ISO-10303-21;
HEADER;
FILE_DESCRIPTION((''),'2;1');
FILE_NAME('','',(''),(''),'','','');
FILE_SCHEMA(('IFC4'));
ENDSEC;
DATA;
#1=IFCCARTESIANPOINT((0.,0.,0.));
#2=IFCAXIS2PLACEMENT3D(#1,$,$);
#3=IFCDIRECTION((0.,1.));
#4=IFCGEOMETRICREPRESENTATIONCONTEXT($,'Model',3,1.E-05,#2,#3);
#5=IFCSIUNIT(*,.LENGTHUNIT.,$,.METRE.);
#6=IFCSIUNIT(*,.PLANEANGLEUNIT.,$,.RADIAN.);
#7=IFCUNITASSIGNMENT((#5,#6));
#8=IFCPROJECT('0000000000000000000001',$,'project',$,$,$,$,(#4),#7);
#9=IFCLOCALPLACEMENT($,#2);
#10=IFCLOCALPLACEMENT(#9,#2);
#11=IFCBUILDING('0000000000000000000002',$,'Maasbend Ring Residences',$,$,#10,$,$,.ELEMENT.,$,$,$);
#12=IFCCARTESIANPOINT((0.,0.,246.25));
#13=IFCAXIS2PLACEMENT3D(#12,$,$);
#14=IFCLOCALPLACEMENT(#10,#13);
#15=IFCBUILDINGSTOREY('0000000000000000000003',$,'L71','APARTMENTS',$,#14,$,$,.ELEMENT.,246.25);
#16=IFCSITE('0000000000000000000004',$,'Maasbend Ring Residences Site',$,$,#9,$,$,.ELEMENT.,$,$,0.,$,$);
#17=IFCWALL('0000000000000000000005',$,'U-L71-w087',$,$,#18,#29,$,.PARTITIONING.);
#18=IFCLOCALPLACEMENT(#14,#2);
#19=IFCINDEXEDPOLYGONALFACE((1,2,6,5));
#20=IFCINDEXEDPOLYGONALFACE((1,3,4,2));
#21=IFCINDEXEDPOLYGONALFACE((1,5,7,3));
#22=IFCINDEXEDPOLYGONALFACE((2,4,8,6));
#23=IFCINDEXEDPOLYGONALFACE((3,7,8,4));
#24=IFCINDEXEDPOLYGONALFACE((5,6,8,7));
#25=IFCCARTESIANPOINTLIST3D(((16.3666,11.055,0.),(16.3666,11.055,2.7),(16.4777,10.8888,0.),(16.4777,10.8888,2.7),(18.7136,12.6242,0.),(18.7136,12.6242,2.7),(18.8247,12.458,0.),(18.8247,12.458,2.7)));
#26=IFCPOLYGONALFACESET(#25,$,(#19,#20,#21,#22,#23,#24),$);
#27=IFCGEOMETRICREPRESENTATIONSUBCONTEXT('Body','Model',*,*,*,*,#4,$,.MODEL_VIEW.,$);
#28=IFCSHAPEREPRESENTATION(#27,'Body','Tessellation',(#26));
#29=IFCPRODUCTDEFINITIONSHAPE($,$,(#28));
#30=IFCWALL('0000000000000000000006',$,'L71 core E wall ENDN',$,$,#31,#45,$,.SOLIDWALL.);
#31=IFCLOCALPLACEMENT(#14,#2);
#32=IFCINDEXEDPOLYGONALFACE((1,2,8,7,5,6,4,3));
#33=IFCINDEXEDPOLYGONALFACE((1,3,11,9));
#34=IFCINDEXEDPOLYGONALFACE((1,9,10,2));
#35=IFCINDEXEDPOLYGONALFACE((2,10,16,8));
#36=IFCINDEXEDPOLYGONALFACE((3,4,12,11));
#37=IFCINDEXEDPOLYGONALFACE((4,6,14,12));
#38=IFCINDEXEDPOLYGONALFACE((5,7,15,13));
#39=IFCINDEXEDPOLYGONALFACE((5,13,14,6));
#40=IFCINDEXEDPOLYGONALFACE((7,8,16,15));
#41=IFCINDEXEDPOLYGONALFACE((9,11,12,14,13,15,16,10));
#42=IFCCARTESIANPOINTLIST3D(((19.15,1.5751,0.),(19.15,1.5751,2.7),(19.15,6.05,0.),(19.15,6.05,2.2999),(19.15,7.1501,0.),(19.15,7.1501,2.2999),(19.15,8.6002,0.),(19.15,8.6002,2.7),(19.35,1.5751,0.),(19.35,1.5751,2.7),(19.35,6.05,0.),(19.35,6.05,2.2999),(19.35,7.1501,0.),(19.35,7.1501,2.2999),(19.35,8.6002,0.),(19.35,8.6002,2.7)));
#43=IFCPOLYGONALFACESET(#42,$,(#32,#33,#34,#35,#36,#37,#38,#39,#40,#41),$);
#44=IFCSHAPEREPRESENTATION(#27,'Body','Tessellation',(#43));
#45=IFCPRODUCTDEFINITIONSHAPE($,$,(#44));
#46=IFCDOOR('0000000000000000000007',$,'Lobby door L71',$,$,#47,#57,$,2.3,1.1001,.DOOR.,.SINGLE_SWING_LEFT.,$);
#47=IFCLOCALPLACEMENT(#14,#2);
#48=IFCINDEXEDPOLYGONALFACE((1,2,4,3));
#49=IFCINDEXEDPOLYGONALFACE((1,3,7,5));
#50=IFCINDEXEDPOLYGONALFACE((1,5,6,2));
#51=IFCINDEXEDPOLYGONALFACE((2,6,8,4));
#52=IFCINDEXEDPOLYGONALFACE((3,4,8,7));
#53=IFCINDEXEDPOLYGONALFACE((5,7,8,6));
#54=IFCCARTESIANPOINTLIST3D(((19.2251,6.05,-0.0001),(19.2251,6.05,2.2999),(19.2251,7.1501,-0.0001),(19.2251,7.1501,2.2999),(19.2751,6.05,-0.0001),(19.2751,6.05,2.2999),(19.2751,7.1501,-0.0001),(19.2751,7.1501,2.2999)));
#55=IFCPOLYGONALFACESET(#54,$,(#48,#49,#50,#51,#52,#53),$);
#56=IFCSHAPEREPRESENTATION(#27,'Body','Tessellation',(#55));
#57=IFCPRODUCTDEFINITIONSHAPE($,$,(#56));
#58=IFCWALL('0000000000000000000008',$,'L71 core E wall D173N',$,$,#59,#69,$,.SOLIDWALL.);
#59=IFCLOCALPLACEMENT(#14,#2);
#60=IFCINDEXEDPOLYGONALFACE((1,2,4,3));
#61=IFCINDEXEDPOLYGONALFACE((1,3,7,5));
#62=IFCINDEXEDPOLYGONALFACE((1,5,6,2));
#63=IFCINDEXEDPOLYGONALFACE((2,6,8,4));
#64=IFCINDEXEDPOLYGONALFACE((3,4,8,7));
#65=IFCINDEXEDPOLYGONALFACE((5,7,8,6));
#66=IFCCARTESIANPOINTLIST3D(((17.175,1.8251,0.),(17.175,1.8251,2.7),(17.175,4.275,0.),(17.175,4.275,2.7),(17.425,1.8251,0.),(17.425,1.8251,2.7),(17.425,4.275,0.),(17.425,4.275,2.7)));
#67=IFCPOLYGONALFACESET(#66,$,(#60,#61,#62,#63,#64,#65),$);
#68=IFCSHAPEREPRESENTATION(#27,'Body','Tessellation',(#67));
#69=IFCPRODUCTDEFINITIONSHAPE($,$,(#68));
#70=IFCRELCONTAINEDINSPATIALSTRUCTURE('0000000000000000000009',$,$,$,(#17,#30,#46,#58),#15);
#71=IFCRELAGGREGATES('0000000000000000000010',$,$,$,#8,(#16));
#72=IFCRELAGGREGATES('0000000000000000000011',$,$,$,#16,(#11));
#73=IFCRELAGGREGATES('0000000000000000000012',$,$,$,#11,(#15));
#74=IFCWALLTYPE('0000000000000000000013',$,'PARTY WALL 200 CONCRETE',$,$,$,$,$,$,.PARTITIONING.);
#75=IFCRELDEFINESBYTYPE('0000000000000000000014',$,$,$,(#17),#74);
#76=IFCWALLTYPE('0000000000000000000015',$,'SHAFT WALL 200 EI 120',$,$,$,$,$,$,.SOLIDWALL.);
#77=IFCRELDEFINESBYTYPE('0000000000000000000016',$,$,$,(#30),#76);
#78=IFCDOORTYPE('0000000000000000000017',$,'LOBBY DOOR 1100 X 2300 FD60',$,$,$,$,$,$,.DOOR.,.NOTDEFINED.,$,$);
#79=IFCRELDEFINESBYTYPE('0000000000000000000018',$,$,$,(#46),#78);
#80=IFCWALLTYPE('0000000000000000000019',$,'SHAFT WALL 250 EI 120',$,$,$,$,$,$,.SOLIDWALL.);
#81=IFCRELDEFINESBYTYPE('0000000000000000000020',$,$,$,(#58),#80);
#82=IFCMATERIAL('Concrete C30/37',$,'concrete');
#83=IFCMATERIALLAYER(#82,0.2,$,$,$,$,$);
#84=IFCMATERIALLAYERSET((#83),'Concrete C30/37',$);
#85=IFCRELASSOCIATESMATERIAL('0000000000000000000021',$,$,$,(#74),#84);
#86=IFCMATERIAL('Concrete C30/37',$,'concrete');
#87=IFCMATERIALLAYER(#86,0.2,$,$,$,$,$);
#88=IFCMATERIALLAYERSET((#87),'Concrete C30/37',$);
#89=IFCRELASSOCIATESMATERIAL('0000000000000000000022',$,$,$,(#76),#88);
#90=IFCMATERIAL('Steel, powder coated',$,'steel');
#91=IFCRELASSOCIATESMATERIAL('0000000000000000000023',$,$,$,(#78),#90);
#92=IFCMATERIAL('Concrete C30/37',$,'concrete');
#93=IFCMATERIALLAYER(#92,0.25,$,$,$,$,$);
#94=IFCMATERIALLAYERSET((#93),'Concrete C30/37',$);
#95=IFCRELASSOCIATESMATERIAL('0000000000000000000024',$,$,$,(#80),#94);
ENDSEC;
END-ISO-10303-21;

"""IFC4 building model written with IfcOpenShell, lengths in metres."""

from ifc_helpers import new_model, si_unit, direction, frame, frame_2d, origin, place, context, subcontext, project, spatial, rectangle, extrude, material, layer, layer_set, type_object, element, fill, save


model = new_model("IFC4")

# Units and contexts
model_context = context("Model", 3, precision=1e-05, world=origin(), true_north=direction((0.0, 1.0)))
body_context = subcontext(model_context, "Body", "Model", "MODEL_VIEW")
ifc_project = project(units=[si_unit("LENGTHUNIT", "METRE"), si_unit("PLANEANGLEUNIT", "RADIAN")], contexts=[model_context])

# Site, building, storey
site_placement = place(None, origin())
site = spatial("IfcSite", under=ifc_project, at=site_placement, Name="Maasbend Ring Residences Site", CompositionType="ELEMENT", RefElevation=0.0)
building_placement = place(site_placement, origin())
building = spatial("IfcBuilding", under=site, at=building_placement, Name="Maasbend Ring Residences", CompositionType="ELEMENT")
storey_placement = place(building_placement, frame((0.0, 0.0, 246.25)))
storey = spatial("IfcBuildingStorey", under=building, at=storey_placement, Name="L71", Description="APARTMENTS", CompositionType="ELEMENT", Elevation=246.25)

# Wall
ifc_material_1 = material(Name="Concrete C30/37", Category="concrete")
ifc_layer_1 = layer(ifc_material_1, 0.2)
ifc_layer_set_1 = layer_set([ifc_layer_1], Name="Concrete C30/37")
wall_type_1 = type_object("IfcWallType", Name="PARTY WALL 200 CONCRETE", PredefinedType="PARTITIONING", material=ifc_layer_set_1)
wall_1_placement = place(storey_placement, frame((16.4221, 10.9719, 0.0), z_axis=(0.0, 0.0, 1.0), x_axis=(0.831318, 0.555797, 0.0)))
element("IfcWall", 1, at=wall_1_placement, inside=storey, type_object=wall_type_1, Name="U-L71-w087", PredefinedType="PARTITIONING", context=body_context, shape_type="SweptSolid", body=[
    extrude(rectangle(XDim=2.8232, YDim=0.2, at=frame_2d((1.4116, 0.0))), origin(), (0.0, 0.0, 1.0), 2.7),
])

# Wall, opening, door
ifc_material_2 = material(Name="Concrete C30/37", Category="concrete")
ifc_layer_2 = layer(ifc_material_2, 0.2)
ifc_layer_set_2 = layer_set([ifc_layer_2], Name="Concrete C30/37")
wall_type_2 = type_object("IfcWallType", Name="SHAFT WALL 200 EI 120", PredefinedType="SOLIDWALL", material=ifc_layer_set_2)
wall_2_placement = place(storey_placement, frame((19.25, 1.575, 0.0), z_axis=(0.0, 0.0, 1.0), x_axis=(0.0, 1.0, 0.0)))
wall_2 = element("IfcWall", 2, at=wall_2_placement, inside=storey, type_object=wall_type_2, Name="L71 core E wall ENDN", PredefinedType="SOLIDWALL", context=body_context, shape_type="SweptSolid", body=[
    extrude(rectangle(XDim=7.0251, YDim=0.2, at=frame_2d((3.5127, 0.0))), origin(), (0.0, 0.0, 1.0), 2.7),
])
opening_1_placement = place(wall_2_placement, frame((4.4751, 0.0, 0.0)))
opening_1 = element("IfcOpeningElement", 3, at=opening_1_placement, cuts=wall_2, PredefinedType="OPENING", context=body_context, shape_type="SweptSolid", body=[
    extrude(rectangle(XDim=1.1001, YDim=2.3, at=frame_2d((0.55, 1.1499))), frame((0.0, 0.1099, 0.0), z_axis=(0.0, -1.0, 0.0), x_axis=(1.0, 0.0, 0.0)), (0.0, 0.0, 1.0), 0.22),
])
ifc_material_3 = material(Name="Steel, powder coated", Category="steel")
door_type_1 = type_object("IfcDoorType", Name="LOBBY DOOR 1100 X 2300 FD60", OperationType="NOTDEFINED", PredefinedType="DOOR", material=ifc_material_3)
door_1_placement = place(opening_1_placement, origin())
door_1 = element("IfcDoor", 4, at=door_1_placement, inside=storey, type_object=door_type_1, Name="Lobby door L71", OperationType="SINGLE_SWING_LEFT", OverallHeight=2.3, OverallWidth=1.1001, PredefinedType="DOOR", context=body_context, shape_type="SweptSolid", body=[
    extrude(rectangle(XDim=1.1001, YDim=2.3, at=frame_2d((0.55, 1.1499))), frame((0.0, 0.0249, 0.0), z_axis=(0.0, -1.0, 0.0), x_axis=(1.0, 0.0, 0.0)), (0.0, 0.0, 1.0), 0.05),
])
fill(opening_1, door_1)

# Wall
ifc_material_4 = material(Name="Concrete C30/37", Category="concrete")
ifc_layer_3 = layer(ifc_material_4, 0.25)
ifc_layer_set_3 = layer_set([ifc_layer_3], Name="Concrete C30/37")
wall_type_3 = type_object("IfcWallType", Name="SHAFT WALL 250 EI 120", PredefinedType="SOLIDWALL", material=ifc_layer_set_3)
wall_3_placement = place(storey_placement, frame((17.3, 1.825, 0.0), z_axis=(0.0, 0.0, 1.0), x_axis=(0.0, 1.0, 0.0)))
element("IfcWall", 5, at=wall_3_placement, inside=storey, type_object=wall_type_3, Name="L71 core E wall D173N", PredefinedType="SOLIDWALL", context=body_context, shape_type="SweptSolid", body=[
    extrude(rectangle(XDim=2.45, YDim=0.25, at=frame_2d((1.2251, 0.0))), origin(), (0.0, 0.0, 1.0), 2.7),
])

save(model, "model.ifc")
